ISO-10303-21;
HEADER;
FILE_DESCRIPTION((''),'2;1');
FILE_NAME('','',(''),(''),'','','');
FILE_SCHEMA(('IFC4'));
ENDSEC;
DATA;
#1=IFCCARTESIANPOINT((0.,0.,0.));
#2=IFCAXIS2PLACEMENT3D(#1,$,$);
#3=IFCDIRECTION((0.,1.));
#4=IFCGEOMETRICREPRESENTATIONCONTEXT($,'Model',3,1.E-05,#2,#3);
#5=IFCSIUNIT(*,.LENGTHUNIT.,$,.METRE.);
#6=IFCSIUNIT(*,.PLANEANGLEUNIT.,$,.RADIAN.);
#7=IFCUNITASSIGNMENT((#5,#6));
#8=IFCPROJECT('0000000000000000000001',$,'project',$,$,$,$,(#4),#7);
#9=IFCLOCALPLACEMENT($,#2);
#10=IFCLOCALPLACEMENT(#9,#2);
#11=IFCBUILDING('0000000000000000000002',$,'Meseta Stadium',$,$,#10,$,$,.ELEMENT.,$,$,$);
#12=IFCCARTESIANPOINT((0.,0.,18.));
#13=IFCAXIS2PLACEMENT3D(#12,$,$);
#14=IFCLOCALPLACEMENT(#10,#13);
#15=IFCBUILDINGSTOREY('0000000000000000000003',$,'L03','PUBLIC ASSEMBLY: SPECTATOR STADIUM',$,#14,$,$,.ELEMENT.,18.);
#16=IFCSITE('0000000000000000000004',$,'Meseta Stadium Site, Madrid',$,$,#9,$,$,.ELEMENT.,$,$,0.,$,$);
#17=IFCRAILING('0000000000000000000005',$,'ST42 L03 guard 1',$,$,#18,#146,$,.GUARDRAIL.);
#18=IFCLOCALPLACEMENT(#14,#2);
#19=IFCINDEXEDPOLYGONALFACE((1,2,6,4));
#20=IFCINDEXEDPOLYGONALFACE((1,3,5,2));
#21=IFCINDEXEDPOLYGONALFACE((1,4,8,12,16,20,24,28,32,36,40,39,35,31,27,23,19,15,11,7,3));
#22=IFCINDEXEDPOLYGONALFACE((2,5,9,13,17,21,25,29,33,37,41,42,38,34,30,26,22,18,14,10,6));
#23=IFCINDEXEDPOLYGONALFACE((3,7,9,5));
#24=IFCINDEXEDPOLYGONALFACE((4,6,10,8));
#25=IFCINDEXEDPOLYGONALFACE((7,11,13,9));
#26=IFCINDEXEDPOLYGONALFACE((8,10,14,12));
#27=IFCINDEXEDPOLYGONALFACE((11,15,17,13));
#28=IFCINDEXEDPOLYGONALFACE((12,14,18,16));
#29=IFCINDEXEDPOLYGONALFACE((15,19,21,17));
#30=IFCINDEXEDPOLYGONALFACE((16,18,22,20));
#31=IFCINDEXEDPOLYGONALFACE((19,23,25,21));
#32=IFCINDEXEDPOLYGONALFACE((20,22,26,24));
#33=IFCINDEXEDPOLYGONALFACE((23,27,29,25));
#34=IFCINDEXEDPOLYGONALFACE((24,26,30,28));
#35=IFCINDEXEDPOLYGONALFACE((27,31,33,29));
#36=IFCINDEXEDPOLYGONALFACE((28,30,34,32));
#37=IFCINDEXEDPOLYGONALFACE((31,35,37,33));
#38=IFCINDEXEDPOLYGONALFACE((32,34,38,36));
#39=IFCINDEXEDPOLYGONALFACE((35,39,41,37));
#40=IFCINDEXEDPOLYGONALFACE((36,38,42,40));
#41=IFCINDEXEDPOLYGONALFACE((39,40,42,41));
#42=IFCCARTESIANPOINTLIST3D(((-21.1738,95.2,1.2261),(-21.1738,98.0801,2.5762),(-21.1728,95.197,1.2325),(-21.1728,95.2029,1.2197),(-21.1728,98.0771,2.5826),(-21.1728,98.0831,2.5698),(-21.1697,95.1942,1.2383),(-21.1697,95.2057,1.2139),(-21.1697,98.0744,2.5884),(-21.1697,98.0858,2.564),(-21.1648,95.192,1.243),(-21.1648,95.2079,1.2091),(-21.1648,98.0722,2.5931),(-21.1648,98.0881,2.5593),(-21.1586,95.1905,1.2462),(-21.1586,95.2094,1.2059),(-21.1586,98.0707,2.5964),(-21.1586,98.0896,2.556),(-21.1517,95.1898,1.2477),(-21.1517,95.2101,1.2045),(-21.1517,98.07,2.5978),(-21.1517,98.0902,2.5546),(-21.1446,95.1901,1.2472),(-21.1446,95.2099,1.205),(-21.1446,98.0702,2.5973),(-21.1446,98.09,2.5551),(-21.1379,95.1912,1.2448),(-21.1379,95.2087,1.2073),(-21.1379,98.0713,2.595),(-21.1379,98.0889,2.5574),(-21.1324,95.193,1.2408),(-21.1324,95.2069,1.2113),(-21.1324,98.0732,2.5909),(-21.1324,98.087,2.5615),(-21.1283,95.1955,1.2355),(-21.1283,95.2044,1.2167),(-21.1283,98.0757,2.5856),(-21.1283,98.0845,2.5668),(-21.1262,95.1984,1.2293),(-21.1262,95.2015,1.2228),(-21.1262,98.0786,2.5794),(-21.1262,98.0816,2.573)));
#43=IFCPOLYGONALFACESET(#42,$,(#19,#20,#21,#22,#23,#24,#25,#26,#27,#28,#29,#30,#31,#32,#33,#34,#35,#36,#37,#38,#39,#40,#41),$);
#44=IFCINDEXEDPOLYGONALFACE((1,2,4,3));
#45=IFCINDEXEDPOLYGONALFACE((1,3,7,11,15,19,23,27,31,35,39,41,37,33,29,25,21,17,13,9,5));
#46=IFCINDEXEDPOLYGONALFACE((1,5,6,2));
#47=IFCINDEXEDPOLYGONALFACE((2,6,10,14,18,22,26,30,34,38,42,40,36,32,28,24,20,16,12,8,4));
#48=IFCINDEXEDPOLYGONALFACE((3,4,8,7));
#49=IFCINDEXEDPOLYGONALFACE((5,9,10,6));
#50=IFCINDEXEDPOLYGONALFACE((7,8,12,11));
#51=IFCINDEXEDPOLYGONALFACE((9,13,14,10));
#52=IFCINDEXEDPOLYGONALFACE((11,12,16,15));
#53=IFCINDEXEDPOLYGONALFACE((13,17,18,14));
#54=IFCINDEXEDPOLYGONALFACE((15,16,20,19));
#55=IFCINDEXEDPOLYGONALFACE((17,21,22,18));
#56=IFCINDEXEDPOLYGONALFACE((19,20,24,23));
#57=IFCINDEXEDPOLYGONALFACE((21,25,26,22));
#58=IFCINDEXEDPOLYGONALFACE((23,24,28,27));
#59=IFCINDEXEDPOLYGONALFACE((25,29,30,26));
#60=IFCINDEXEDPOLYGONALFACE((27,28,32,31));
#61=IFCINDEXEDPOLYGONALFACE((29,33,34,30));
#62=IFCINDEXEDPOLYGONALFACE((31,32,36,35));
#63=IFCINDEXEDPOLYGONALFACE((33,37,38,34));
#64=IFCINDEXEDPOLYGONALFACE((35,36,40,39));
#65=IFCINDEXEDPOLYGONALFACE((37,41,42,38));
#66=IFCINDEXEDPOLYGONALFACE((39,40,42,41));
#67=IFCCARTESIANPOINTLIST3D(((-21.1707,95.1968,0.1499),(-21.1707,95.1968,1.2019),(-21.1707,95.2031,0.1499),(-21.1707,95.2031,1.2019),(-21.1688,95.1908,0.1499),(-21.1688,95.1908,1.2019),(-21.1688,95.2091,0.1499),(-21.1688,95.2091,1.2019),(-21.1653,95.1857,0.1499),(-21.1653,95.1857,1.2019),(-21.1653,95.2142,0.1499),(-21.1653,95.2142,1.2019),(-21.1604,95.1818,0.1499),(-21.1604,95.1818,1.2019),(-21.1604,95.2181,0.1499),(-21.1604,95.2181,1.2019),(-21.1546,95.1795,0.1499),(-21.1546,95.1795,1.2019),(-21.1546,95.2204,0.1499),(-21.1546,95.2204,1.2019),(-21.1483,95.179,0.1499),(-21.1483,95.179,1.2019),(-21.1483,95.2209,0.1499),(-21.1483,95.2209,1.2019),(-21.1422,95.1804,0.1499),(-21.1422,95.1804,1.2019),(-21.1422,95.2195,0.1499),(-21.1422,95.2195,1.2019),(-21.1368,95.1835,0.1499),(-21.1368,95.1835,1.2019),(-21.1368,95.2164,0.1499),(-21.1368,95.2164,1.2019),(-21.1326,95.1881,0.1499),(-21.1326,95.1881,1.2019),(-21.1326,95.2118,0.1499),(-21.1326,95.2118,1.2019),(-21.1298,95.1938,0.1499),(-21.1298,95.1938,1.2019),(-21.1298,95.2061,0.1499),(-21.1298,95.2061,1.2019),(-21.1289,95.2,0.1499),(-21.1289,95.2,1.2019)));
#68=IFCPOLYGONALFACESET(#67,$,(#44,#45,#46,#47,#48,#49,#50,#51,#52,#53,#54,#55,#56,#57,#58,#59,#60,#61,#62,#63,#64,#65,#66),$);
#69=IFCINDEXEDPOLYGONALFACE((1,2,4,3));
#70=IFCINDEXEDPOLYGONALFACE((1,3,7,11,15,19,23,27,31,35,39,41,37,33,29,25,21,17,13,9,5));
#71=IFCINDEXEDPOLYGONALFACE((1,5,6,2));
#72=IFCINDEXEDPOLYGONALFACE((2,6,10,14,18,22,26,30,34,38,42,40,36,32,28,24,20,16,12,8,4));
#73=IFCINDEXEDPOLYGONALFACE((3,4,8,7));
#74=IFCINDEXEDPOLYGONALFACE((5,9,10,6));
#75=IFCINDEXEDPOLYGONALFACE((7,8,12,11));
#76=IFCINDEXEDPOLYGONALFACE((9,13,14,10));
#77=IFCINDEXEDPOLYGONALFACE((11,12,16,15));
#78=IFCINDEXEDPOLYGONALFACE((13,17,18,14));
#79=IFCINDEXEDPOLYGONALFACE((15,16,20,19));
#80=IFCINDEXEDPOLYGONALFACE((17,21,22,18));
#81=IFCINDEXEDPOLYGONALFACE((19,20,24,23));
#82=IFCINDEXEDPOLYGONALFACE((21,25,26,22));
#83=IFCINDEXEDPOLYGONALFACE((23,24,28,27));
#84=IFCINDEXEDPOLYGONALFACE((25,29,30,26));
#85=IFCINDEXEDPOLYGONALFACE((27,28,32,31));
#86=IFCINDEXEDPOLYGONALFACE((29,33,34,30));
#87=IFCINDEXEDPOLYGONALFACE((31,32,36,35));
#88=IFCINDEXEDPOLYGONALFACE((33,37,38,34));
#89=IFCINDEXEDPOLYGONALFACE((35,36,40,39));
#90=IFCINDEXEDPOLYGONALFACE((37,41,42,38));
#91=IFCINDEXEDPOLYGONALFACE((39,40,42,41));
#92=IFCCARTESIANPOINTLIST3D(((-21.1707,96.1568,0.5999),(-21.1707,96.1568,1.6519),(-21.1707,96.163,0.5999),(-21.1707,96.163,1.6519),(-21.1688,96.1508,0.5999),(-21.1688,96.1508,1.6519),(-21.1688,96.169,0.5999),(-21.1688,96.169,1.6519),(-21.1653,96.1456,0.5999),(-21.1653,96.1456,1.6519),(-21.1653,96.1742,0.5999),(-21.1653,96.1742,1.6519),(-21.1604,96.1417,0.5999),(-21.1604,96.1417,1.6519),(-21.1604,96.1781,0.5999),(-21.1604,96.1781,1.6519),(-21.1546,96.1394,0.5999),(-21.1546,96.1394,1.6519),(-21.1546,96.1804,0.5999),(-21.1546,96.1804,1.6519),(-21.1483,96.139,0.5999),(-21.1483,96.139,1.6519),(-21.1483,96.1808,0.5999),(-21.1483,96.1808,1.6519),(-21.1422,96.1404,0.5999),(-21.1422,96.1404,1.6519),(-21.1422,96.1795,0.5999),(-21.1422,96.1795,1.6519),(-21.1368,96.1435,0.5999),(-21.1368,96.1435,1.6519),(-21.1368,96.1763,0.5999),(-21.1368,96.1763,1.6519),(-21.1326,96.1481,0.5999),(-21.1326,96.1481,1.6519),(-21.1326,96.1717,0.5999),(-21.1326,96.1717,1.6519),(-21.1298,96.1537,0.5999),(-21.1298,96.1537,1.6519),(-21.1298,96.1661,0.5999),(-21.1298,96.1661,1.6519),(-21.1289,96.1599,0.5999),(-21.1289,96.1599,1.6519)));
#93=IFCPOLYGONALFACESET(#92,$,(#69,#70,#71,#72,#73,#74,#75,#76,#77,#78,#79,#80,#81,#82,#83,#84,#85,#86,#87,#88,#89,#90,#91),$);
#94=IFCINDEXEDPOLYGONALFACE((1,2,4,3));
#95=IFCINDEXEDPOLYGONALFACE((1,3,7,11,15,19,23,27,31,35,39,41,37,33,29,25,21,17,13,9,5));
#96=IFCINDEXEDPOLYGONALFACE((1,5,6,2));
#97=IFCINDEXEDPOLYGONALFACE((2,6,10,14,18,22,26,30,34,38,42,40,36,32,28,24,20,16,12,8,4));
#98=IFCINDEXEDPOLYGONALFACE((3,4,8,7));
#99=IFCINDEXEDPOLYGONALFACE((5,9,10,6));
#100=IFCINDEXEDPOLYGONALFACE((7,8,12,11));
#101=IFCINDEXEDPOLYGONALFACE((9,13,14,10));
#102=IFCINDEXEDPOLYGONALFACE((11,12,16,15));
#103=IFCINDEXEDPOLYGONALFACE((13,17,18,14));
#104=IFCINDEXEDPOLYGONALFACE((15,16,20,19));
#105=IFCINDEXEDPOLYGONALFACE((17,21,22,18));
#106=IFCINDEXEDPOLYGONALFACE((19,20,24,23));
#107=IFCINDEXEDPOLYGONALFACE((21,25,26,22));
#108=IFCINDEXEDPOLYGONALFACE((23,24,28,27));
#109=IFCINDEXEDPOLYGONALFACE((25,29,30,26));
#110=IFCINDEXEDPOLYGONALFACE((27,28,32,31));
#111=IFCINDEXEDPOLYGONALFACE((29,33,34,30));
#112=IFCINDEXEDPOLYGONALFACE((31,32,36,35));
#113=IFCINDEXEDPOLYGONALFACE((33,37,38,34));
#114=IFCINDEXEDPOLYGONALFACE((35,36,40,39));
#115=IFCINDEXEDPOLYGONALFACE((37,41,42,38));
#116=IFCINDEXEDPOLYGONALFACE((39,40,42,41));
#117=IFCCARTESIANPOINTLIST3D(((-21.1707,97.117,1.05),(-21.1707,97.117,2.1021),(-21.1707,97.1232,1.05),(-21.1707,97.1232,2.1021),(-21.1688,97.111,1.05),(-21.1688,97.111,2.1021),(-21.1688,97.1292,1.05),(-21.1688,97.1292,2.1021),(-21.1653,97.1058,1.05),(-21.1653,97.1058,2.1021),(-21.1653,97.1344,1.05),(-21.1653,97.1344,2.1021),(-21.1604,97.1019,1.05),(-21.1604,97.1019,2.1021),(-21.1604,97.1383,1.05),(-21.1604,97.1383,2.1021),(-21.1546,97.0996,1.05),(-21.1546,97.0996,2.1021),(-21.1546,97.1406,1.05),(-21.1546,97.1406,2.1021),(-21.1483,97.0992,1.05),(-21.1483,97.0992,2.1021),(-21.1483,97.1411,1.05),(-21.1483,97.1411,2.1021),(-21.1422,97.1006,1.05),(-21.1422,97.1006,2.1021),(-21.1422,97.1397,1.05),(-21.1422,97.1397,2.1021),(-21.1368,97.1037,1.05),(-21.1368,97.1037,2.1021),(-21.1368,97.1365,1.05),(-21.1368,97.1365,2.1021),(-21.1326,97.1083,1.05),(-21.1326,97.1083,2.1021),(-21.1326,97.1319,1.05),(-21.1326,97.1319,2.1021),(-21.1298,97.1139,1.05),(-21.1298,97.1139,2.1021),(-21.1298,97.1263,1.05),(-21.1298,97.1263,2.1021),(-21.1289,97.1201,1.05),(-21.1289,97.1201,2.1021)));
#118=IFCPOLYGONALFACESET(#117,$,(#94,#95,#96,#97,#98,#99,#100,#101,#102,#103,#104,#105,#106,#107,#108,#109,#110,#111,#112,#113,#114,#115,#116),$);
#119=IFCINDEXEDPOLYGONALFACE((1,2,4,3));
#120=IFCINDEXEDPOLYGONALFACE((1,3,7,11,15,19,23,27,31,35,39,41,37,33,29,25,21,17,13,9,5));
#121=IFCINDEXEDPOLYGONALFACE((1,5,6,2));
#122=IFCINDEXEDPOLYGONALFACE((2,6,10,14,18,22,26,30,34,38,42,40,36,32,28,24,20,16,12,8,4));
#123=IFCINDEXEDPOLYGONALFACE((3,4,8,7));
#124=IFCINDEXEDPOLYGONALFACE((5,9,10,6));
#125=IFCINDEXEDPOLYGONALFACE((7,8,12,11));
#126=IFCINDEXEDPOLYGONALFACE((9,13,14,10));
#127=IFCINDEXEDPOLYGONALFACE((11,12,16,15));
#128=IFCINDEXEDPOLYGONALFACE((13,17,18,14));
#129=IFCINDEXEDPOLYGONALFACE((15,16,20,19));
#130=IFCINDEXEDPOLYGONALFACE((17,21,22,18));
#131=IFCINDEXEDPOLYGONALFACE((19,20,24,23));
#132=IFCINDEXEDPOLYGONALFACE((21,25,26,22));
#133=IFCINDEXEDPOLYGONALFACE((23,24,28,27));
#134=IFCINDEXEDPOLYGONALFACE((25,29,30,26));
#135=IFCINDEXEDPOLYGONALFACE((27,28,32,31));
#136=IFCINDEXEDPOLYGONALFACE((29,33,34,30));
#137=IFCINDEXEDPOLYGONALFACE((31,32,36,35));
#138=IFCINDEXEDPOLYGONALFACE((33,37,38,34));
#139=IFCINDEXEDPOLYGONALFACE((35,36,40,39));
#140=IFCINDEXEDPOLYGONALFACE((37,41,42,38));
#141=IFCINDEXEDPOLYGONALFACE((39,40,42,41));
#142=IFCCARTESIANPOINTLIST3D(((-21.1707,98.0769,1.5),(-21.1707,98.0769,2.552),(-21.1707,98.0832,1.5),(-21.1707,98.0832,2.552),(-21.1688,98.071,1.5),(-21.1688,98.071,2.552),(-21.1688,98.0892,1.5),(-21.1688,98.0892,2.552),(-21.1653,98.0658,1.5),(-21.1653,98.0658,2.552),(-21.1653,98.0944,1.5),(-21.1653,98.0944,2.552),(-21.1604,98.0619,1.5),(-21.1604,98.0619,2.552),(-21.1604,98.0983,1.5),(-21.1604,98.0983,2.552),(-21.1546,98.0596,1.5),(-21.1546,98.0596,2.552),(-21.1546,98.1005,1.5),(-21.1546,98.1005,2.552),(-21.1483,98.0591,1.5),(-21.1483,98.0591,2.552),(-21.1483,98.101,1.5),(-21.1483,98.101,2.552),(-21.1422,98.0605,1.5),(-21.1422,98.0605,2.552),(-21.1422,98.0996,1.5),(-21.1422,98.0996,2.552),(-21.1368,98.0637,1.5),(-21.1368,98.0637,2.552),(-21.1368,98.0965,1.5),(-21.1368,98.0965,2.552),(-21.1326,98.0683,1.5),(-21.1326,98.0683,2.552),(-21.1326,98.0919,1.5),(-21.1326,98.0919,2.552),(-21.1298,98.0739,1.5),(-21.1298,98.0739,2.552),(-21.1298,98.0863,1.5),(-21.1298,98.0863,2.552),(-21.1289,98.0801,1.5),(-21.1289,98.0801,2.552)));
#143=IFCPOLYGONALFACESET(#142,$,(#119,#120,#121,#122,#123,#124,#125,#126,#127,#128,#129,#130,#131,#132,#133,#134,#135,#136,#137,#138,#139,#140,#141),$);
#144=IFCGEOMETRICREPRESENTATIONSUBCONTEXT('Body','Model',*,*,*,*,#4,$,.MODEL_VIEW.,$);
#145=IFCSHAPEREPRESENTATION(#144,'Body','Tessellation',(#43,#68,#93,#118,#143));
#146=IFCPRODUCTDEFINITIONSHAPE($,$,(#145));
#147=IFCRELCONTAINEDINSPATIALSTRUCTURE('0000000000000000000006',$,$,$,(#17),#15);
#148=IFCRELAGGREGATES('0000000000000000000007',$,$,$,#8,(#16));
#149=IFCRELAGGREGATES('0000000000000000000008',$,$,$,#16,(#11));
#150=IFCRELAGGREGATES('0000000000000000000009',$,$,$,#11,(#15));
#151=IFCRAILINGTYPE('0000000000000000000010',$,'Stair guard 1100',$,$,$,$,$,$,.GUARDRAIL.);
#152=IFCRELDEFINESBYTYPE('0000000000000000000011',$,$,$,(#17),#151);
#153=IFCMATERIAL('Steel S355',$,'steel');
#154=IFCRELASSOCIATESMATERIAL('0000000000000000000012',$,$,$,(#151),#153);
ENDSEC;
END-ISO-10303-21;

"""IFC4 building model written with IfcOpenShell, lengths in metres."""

from ifc_helpers import new_model, si_unit, direction, frame, origin, origin_2d, place, context, subcontext, project, spatial, circle, extrude, material, type_object, element, save


model = new_model("IFC4")

# Units and contexts
model_context = context("Model", 3, precision=1e-05, world=origin(), true_north=direction((0.0, 1.0)))
body_context = subcontext(model_context, "Body", "Model", "MODEL_VIEW")
ifc_project = project(units=[si_unit("LENGTHUNIT", "METRE"), si_unit("PLANEANGLEUNIT", "RADIAN")], contexts=[model_context])

# Site, building, storey
site_placement = place(None, origin())
site = spatial("IfcSite", under=ifc_project, at=site_placement, Name="Meseta Stadium Site, Madrid", CompositionType="ELEMENT", RefElevation=0.0)
building_placement = place(site_placement, origin())
building = spatial("IfcBuilding", under=site, at=building_placement, Name="Meseta Stadium", CompositionType="ELEMENT")
storey_placement = place(building_placement, frame((0.0, 0.0, 18.0)))
storey = spatial("IfcBuildingStorey", under=building, at=storey_placement, Name="L03", Description="PUBLIC ASSEMBLY: SPECTATOR STADIUM", CompositionType="ELEMENT", Elevation=18.0)

# Railing
ifc_material_1 = material(Name="Steel S355", Category="steel")
railing_type_1 = type_object("IfcRailingType", Name="Stair guard 1100", PredefinedType="GUARDRAIL", material=ifc_material_1)
railing_1_placement = place(storey_placement, frame((-21.1499, 95.2, 0.1499)))
element("IfcRailing", 1, at=railing_1_placement, inside=storey, type_object=railing_type_1, Name="ST42 L03 guard 1", PredefinedType="GUARDRAIL", context=body_context, shape_type="SweptSolid", body=[
    extrude(circle(Radius=0.0239, at=origin_2d()), frame((0.0, 0.0, 1.0762), z_axis=(0.0, 0.905454, 0.424444), x_axis=(-1.0, 0.0, 0.0)), (0.0, 0.0, 1.0), 3.1809),
    extrude(circle(Radius=0.021, at=origin_2d()), origin(), (0.0, 0.0, 1.0), 1.052),
    extrude(circle(Radius=0.021, at=origin_2d()), frame((0.0, 0.96, 0.45)), (0.0, 0.0, 1.0), 1.052),
    extrude(circle(Radius=0.021, at=origin_2d()), frame((0.0, 1.9202, 0.9001)), (0.0, 0.0, 1.0), 1.052),
    extrude(circle(Radius=0.021, at=origin_2d()), frame((0.0, 2.8801, 1.3501)), (0.0, 0.0, 1.0), 1.052),
])

save(model, "model.ifc")
